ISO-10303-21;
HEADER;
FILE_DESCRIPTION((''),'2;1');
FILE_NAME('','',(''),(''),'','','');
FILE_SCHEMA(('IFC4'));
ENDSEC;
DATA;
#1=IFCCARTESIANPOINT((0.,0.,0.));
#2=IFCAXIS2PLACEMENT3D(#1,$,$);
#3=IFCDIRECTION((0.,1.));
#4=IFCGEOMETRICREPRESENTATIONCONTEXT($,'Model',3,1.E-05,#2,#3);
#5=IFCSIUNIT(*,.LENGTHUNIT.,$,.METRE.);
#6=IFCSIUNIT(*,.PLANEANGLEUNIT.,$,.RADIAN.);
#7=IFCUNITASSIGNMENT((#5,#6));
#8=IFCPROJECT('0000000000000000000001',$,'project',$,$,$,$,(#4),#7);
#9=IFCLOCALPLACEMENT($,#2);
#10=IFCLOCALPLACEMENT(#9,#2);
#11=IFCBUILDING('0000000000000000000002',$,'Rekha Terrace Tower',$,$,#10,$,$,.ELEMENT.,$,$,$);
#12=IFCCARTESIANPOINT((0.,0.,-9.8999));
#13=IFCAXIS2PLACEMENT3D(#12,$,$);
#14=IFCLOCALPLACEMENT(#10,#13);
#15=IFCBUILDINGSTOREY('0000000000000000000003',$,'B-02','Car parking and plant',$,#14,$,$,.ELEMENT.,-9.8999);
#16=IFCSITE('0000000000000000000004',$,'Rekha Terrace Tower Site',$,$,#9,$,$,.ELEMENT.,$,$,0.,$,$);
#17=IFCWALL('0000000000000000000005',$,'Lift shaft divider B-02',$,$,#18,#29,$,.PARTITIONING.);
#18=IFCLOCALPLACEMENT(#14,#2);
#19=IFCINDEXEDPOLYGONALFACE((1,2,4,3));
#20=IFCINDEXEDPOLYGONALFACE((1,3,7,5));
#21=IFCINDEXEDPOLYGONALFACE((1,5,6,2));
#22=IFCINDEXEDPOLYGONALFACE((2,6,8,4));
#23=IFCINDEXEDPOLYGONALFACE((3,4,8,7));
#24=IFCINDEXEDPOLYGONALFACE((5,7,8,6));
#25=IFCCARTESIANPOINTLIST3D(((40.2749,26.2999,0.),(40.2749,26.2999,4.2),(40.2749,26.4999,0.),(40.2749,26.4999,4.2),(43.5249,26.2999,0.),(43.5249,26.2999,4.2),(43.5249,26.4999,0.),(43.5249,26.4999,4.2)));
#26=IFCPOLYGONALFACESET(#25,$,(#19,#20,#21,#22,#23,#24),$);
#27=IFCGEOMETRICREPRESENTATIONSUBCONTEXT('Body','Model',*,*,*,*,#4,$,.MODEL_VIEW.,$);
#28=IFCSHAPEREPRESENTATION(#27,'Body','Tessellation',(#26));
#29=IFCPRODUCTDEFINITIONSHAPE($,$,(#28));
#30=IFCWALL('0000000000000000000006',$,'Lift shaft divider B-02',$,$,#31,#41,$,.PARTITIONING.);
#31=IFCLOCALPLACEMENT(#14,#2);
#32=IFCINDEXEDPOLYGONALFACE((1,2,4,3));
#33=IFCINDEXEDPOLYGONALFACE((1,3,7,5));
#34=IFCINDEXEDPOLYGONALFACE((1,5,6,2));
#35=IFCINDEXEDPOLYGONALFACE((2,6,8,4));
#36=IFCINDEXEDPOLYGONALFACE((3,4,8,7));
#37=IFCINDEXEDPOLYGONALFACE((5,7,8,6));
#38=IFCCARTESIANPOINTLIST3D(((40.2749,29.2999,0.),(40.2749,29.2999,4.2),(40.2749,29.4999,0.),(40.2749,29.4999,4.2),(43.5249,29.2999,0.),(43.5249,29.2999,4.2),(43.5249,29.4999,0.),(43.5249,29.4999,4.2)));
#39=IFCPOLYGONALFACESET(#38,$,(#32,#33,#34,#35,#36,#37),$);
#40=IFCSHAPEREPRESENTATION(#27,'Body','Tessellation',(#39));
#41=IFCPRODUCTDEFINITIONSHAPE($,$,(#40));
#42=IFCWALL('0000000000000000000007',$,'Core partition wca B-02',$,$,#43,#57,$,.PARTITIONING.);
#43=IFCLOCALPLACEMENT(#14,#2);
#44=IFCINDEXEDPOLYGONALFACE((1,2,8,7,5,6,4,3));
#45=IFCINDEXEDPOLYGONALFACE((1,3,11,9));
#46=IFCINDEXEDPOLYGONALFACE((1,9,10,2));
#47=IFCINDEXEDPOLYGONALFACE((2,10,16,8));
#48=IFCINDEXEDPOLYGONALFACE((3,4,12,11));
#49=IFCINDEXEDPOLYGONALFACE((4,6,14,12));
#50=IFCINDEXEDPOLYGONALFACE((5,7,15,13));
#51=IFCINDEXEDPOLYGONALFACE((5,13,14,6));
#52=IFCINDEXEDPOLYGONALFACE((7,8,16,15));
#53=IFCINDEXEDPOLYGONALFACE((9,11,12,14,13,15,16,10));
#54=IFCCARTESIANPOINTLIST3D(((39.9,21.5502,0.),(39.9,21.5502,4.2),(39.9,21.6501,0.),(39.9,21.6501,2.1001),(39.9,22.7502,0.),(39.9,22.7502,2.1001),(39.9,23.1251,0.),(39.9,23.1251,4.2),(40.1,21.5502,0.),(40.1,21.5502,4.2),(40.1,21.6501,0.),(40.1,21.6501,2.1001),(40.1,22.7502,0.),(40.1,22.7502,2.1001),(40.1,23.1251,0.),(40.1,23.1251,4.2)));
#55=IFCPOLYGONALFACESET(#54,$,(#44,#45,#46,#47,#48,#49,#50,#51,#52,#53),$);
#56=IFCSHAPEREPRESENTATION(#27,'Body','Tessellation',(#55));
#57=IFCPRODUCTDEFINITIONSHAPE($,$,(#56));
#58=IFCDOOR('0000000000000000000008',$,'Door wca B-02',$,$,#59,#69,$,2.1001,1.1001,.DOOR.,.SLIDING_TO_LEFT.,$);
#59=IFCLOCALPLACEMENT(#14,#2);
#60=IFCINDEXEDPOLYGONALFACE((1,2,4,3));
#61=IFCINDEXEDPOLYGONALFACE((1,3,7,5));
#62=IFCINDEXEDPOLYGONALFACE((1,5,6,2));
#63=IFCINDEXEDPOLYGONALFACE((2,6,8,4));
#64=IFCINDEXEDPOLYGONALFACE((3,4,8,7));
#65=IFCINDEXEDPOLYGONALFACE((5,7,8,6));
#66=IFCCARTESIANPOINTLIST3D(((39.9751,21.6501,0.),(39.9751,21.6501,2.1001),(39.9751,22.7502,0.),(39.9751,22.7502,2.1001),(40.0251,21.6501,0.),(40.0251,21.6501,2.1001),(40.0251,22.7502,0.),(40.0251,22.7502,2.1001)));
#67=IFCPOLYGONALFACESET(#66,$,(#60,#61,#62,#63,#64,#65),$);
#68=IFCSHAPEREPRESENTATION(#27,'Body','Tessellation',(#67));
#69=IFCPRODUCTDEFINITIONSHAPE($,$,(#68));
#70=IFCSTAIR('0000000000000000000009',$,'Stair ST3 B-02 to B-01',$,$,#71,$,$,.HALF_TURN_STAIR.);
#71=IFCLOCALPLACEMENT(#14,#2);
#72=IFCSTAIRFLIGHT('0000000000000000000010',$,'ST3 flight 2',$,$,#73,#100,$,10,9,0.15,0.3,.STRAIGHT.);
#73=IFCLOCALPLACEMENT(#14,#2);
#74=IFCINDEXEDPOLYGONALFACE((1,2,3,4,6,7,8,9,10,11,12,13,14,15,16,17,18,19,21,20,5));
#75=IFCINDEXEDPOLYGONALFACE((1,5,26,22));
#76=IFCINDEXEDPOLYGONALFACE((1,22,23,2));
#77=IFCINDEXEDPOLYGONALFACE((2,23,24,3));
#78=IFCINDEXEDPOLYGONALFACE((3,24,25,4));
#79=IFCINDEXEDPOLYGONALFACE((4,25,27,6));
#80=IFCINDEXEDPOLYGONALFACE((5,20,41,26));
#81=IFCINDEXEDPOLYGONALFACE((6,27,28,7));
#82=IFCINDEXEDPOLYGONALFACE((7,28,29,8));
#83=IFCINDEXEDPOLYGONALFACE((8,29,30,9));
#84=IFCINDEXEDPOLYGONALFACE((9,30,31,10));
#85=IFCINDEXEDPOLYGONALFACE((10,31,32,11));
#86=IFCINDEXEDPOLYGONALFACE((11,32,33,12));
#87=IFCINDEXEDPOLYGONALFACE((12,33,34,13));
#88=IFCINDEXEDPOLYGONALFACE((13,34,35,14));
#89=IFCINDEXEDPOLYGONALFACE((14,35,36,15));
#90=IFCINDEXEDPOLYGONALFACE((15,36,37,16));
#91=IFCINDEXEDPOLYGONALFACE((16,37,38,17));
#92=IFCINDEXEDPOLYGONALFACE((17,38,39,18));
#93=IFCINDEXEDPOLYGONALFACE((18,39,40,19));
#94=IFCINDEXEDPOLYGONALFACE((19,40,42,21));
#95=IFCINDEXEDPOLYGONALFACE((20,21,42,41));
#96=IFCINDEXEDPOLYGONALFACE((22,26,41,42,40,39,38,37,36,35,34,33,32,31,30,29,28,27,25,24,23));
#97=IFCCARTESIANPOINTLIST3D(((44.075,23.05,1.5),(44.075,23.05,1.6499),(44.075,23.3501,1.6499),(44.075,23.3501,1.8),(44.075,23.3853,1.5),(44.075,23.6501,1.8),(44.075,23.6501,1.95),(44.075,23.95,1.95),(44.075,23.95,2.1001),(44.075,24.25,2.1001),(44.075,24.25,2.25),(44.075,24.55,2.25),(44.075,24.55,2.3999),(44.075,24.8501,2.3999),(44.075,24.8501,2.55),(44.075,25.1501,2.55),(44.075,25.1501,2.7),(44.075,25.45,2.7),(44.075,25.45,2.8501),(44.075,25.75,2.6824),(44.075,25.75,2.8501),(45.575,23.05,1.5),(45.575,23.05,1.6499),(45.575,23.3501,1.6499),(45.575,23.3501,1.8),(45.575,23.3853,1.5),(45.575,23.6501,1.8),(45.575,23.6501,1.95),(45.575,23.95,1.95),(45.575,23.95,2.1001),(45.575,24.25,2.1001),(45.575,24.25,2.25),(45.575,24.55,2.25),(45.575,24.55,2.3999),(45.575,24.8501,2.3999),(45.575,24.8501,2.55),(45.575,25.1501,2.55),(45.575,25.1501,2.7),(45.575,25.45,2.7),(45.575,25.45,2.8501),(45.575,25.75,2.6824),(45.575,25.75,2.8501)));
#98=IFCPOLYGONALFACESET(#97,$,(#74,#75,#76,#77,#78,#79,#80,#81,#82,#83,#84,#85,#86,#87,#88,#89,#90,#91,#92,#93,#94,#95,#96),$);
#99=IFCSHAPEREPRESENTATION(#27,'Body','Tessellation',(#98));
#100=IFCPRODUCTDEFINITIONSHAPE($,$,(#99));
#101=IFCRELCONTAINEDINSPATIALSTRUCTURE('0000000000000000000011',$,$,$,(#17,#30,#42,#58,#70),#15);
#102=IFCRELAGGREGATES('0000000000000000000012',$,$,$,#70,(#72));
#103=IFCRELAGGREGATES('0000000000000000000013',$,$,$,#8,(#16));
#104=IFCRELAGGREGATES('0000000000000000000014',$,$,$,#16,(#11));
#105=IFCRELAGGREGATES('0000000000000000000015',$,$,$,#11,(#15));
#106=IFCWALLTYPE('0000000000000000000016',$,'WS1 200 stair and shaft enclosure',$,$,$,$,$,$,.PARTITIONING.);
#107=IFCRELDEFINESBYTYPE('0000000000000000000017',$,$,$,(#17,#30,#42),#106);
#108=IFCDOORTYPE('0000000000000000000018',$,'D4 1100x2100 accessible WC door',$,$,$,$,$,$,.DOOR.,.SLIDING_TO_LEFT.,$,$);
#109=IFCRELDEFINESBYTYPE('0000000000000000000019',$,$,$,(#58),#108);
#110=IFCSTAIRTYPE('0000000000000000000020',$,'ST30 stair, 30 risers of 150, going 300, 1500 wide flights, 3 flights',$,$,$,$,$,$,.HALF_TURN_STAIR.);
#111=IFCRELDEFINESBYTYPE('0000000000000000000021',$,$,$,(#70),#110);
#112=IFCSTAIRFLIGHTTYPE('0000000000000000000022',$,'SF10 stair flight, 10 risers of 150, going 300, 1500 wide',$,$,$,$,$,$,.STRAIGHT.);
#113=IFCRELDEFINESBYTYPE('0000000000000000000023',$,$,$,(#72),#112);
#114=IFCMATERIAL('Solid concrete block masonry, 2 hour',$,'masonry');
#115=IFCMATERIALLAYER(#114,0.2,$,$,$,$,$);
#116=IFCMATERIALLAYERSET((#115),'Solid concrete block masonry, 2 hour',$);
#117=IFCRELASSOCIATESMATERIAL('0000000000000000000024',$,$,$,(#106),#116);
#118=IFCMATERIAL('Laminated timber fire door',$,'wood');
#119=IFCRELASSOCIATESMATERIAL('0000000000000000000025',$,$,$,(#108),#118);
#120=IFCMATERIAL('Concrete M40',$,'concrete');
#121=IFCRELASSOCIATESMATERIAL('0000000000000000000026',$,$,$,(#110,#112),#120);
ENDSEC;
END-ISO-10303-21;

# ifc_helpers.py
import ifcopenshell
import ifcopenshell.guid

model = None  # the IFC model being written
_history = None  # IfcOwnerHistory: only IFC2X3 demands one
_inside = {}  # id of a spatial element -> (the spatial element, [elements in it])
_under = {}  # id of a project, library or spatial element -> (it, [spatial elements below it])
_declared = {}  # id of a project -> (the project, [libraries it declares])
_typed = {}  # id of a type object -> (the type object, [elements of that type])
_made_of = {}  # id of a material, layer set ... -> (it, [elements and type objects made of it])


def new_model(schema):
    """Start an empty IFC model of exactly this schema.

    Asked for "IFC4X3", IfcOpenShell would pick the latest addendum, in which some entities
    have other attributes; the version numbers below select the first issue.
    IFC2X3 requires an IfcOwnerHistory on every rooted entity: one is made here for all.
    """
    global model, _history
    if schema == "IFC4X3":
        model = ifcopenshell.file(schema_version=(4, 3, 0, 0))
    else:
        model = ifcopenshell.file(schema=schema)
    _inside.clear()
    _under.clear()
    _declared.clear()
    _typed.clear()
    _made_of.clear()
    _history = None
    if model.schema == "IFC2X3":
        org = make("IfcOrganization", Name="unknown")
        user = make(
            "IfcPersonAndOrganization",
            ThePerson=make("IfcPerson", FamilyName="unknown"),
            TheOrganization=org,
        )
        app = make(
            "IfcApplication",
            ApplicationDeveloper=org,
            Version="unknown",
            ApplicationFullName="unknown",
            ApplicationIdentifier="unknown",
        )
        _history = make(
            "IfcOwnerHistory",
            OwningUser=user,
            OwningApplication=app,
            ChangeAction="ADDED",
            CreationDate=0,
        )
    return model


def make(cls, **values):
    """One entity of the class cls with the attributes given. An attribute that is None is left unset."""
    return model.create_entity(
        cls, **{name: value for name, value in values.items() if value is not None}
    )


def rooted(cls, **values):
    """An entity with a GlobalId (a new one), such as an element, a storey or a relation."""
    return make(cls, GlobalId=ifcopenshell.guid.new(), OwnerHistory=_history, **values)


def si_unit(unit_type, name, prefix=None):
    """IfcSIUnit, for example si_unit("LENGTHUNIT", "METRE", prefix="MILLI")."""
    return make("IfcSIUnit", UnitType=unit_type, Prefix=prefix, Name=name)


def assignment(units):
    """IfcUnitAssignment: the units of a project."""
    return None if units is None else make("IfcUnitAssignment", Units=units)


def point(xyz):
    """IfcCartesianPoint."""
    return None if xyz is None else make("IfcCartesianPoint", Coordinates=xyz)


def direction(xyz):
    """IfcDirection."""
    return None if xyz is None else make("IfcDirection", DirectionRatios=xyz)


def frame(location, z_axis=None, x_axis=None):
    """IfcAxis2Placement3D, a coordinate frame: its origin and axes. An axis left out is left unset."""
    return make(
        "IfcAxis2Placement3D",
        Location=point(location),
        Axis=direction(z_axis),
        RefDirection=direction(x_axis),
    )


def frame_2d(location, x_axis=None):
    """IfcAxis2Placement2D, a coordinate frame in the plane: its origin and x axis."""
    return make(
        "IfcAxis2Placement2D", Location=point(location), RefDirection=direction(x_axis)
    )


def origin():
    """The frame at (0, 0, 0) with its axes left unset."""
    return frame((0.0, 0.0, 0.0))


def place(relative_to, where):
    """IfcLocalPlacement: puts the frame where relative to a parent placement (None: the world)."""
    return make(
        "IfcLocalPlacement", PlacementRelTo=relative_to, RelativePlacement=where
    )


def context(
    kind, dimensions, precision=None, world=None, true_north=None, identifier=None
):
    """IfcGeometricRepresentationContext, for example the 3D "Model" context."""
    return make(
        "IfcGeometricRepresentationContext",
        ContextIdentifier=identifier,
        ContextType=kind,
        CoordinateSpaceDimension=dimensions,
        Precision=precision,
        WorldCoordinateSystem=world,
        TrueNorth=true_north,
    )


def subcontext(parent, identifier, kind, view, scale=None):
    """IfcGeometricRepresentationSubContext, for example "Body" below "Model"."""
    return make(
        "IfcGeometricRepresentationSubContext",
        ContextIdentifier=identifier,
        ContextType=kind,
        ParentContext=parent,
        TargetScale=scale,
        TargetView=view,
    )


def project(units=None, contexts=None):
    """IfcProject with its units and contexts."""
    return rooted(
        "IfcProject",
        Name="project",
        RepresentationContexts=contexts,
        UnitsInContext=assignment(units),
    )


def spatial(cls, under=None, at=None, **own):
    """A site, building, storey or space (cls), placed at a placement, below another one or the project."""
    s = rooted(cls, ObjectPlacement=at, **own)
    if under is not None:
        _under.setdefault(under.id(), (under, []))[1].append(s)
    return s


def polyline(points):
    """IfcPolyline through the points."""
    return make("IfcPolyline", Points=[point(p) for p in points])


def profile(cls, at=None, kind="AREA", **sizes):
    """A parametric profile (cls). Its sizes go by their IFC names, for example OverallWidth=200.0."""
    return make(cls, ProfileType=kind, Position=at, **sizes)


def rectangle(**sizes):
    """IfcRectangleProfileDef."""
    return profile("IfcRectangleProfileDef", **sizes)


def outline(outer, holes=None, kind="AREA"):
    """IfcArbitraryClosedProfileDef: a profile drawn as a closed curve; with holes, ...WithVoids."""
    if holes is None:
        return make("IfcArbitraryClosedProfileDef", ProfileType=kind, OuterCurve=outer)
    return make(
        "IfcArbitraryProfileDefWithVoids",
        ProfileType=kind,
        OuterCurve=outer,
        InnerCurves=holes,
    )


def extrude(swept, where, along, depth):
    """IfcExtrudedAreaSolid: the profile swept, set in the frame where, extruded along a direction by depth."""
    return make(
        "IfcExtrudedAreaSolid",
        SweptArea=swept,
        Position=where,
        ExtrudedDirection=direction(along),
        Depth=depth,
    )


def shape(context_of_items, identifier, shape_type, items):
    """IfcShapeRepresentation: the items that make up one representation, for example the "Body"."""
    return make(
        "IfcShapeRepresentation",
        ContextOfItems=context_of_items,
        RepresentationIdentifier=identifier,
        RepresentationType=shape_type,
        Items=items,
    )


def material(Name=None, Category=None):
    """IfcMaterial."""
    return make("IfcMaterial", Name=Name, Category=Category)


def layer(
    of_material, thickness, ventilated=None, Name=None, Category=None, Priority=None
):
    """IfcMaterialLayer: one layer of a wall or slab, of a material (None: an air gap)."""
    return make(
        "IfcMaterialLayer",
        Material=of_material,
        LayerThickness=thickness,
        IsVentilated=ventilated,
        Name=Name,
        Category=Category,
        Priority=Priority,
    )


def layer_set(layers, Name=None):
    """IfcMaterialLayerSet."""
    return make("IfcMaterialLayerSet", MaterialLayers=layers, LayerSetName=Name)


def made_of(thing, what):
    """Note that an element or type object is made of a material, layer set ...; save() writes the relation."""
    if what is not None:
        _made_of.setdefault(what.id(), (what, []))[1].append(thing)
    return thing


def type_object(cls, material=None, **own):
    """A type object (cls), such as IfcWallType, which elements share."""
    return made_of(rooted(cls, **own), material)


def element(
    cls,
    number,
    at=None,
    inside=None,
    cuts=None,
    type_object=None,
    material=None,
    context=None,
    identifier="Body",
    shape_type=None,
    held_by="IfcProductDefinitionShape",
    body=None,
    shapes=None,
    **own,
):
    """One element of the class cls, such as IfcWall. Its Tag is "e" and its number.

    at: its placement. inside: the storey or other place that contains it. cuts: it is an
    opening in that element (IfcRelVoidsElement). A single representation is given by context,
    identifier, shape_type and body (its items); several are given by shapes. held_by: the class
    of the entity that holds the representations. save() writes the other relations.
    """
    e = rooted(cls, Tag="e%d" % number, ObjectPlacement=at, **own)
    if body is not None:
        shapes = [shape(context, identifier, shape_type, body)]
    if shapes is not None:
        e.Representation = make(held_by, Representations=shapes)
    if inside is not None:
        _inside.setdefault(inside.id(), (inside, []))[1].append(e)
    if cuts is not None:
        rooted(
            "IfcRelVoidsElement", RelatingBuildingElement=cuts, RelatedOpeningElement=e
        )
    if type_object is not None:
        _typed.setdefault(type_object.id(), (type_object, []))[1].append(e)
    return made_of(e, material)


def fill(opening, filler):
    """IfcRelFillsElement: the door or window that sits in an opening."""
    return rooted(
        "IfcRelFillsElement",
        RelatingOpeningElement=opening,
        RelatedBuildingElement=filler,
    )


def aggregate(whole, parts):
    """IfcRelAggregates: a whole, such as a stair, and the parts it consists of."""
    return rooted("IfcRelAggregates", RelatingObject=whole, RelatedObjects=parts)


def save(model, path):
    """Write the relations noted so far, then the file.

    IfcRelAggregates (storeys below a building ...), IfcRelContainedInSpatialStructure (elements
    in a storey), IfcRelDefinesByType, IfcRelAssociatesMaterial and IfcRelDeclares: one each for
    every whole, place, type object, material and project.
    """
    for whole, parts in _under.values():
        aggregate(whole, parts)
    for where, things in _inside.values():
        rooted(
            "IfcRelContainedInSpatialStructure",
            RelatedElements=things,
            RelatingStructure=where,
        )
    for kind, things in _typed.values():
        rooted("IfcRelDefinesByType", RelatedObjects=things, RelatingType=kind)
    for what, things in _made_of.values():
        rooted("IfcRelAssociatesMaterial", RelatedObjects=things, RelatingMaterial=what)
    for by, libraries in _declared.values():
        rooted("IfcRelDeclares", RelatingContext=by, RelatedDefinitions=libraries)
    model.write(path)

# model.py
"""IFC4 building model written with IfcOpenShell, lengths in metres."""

from ifc_helpers import new_model, si_unit, direction, frame, frame_2d, origin, place, context, subcontext, project, spatial, polyline, rectangle, outline, extrude, material, layer, layer_set, type_object, element, fill, aggregate, save


model = new_model("IFC4")

# Units and contexts
model_context = context("Model", 3, precision=1e-05, world=origin(), true_north=direction((0.0, 1.0)))
body_context = subcontext(model_context, "Body", "Model", "MODEL_VIEW")
ifc_project = project(units=[si_unit("LENGTHUNIT", "METRE"), si_unit("PLANEANGLEUNIT", "RADIAN")], contexts=[model_context])

# Site, building, storey
site_placement = place(None, origin())
site = spatial("IfcSite", under=ifc_project, at=site_placement, Name="Rekha Terrace Tower Site", CompositionType="ELEMENT", RefElevation=0.0)
building_placement = place(site_placement, origin())
building = spatial("IfcBuilding", under=site, at=building_placement, Name="Rekha Terrace Tower", CompositionType="ELEMENT")
storey_placement = place(building_placement, frame((0.0, 0.0, -9.8999)))
storey = spatial("IfcBuildingStorey", under=building, at=storey_placement, Name="B-02", Description="Car parking and plant", CompositionType="ELEMENT", Elevation=-9.8999)

# Shared definitions
ifc_material_1 = material(Name="Laminated timber fire door", Category="wood")

# Walls
ifc_material_2 = material(Name="Solid concrete block masonry, 2 hour", Category="masonry")
ifc_layer_1 = layer(ifc_material_2, 0.2)
ifc_layer_set_1 = layer_set([ifc_layer_1], Name="Solid concrete block masonry, 2 hour")
wall_type_1 = type_object("IfcWallType", Name="WS1 200 stair and shaft enclosure", PredefinedType="PARTITIONING", material=ifc_layer_set_1)
for number, where, z_axis, x_axis, name in (
    (1, (40.2749, 26.3999, 0.0), (0.0, 0.0, 1.0), (1.0, 0.0, 0.0), "Lift shaft divider B-02"),
    (2, (40.2749, 29.3999, 0.0), (0.0, 0.0, 1.0), (1.0, 0.0, 0.0), "Lift shaft divider B-02"),
):
    element("IfcWall", number, at=place(storey_placement, frame(where, z_axis=z_axis, x_axis=x_axis)), inside=storey, type_object=wall_type_1, Name=name, PredefinedType="PARTITIONING", context=body_context, shape_type="SweptSolid", body=[
        extrude(rectangle(XDim=3.25, YDim=0.2, at=frame_2d((1.625, 0.0))), origin(), (0.0, 0.0, 1.0), 4.2),
    ])

# Wall, opening, door
wall_1_placement = place(storey_placement, frame((40.0, 21.55, 0.0), z_axis=(0.0, 0.0, 1.0), x_axis=(0.0, 1.0, 0.0)))
wall_1 = element("IfcWall", 3, at=wall_1_placement, inside=storey, type_object=wall_type_1, Name="Core partition wca B-02", PredefinedType="PARTITIONING", context=body_context, shape_type="SweptSolid", body=[
    extrude(rectangle(XDim=1.575, YDim=0.2, at=frame_2d((0.7876, 0.0))), origin(), (0.0, 0.0, 1.0), 4.2),
])
opening_1_placement = place(wall_1_placement, frame((0.1001, 0.0, 0.0)))
opening_1 = element("IfcOpeningElement", 4, at=opening_1_placement, cuts=wall_1, PredefinedType="OPENING", context=body_context, shape_type="SweptSolid", body=[
    extrude(rectangle(XDim=1.1001, YDim=2.1001, at=frame_2d((0.55, 1.05))), frame((0.0, 0.1099, 0.0), z_axis=(0.0, -1.0, 0.0), x_axis=(1.0, 0.0, 0.0)), (0.0, 0.0, 1.0), 0.22),
])
door_type_1 = type_object("IfcDoorType", Name="D4 1100x2100 accessible WC door", OperationType="SLIDING_TO_LEFT", PredefinedType="DOOR", material=ifc_material_1)
door_1_placement = place(opening_1_placement, origin())
door_1 = element("IfcDoor", 5, at=door_1_placement, inside=storey, type_object=door_type_1, Name="Door wca B-02", OperationType="SLIDING_TO_LEFT", OverallHeight=2.1001, OverallWidth=1.1001, PredefinedType="DOOR", context=body_context, shape_type="SweptSolid", body=[
    extrude(rectangle(XDim=1.1001, YDim=2.1001, at=frame_2d((0.55, 1.05))), frame((0.0, 0.0249, 0.0), z_axis=(0.0, -1.0, 0.0), x_axis=(1.0, 0.0, 0.0)), (0.0, 0.0, 1.0), 0.05),
])
fill(opening_1, door_1)

# Stair, stair flight
ifc_material_3 = material(Name="Concrete M40", Category="concrete")
stair_type = type_object("IfcStairType", Name="ST30 stair, 30 risers of 150, going 300, 1500 wide flights, 3 flights", PredefinedType="HALF_TURN_STAIR", material=ifc_material_3)
stair_placement = place(storey_placement, origin())
stair = element("IfcStair", 6, at=stair_placement, inside=storey, type_object=stair_type, Name="Stair ST3 B-02 to B-01", PredefinedType="HALF_TURN_STAIR")
stair_flight_type = type_object("IfcStairFlightType", Name="SF10 stair flight, 10 risers of 150, going 300, 1500 wide", PredefinedType="STRAIGHT", material=ifc_material_3)
stair_flight_placement = place(storey_placement, frame((44.825, 23.05, 1.5), z_axis=(0.0, 0.0, 1.0), x_axis=(0.0, 1.0, 0.0)))
stair_flight = element("IfcStairFlight", 7, at=stair_flight_placement, type_object=stair_flight_type, Name="ST3 flight 2", NumberOfRisers=10, NumberOfTreads=9, PredefinedType="STRAIGHT", RiserHeight=0.15, TreadLength=0.3, context=body_context, shape_type="SweptSolid", body=[
    extrude(outline(polyline([(0.0, 0.0), (0.0, 0.1499), (0.3, 0.1499), (0.3, 0.3), (0.6001, 0.3), (0.6001, 0.45), (0.8999, 0.45), (0.8999, 0.6001), (1.2, 0.6001), (1.2, 0.75), (1.5, 0.75), (1.5, 0.8999), (1.8, 0.8999), (1.8, 1.05), (2.1001, 1.05), (2.1001, 1.2), (2.3999, 1.2), (2.3999, 1.3501), (2.7, 1.3501), (2.7, 1.5), (2.7, 1.1824), (0.3352, 0.0), (0.0, 0.0)])), frame((0.0, 0.75, 0.0), z_axis=(0.0, -1.0, 0.0), x_axis=(1.0, 0.0, 0.0)), (0.0, 0.0, 1.0), 1.5),
])
aggregate(stair, [stair_flight])

save(model, "model.ifc")
